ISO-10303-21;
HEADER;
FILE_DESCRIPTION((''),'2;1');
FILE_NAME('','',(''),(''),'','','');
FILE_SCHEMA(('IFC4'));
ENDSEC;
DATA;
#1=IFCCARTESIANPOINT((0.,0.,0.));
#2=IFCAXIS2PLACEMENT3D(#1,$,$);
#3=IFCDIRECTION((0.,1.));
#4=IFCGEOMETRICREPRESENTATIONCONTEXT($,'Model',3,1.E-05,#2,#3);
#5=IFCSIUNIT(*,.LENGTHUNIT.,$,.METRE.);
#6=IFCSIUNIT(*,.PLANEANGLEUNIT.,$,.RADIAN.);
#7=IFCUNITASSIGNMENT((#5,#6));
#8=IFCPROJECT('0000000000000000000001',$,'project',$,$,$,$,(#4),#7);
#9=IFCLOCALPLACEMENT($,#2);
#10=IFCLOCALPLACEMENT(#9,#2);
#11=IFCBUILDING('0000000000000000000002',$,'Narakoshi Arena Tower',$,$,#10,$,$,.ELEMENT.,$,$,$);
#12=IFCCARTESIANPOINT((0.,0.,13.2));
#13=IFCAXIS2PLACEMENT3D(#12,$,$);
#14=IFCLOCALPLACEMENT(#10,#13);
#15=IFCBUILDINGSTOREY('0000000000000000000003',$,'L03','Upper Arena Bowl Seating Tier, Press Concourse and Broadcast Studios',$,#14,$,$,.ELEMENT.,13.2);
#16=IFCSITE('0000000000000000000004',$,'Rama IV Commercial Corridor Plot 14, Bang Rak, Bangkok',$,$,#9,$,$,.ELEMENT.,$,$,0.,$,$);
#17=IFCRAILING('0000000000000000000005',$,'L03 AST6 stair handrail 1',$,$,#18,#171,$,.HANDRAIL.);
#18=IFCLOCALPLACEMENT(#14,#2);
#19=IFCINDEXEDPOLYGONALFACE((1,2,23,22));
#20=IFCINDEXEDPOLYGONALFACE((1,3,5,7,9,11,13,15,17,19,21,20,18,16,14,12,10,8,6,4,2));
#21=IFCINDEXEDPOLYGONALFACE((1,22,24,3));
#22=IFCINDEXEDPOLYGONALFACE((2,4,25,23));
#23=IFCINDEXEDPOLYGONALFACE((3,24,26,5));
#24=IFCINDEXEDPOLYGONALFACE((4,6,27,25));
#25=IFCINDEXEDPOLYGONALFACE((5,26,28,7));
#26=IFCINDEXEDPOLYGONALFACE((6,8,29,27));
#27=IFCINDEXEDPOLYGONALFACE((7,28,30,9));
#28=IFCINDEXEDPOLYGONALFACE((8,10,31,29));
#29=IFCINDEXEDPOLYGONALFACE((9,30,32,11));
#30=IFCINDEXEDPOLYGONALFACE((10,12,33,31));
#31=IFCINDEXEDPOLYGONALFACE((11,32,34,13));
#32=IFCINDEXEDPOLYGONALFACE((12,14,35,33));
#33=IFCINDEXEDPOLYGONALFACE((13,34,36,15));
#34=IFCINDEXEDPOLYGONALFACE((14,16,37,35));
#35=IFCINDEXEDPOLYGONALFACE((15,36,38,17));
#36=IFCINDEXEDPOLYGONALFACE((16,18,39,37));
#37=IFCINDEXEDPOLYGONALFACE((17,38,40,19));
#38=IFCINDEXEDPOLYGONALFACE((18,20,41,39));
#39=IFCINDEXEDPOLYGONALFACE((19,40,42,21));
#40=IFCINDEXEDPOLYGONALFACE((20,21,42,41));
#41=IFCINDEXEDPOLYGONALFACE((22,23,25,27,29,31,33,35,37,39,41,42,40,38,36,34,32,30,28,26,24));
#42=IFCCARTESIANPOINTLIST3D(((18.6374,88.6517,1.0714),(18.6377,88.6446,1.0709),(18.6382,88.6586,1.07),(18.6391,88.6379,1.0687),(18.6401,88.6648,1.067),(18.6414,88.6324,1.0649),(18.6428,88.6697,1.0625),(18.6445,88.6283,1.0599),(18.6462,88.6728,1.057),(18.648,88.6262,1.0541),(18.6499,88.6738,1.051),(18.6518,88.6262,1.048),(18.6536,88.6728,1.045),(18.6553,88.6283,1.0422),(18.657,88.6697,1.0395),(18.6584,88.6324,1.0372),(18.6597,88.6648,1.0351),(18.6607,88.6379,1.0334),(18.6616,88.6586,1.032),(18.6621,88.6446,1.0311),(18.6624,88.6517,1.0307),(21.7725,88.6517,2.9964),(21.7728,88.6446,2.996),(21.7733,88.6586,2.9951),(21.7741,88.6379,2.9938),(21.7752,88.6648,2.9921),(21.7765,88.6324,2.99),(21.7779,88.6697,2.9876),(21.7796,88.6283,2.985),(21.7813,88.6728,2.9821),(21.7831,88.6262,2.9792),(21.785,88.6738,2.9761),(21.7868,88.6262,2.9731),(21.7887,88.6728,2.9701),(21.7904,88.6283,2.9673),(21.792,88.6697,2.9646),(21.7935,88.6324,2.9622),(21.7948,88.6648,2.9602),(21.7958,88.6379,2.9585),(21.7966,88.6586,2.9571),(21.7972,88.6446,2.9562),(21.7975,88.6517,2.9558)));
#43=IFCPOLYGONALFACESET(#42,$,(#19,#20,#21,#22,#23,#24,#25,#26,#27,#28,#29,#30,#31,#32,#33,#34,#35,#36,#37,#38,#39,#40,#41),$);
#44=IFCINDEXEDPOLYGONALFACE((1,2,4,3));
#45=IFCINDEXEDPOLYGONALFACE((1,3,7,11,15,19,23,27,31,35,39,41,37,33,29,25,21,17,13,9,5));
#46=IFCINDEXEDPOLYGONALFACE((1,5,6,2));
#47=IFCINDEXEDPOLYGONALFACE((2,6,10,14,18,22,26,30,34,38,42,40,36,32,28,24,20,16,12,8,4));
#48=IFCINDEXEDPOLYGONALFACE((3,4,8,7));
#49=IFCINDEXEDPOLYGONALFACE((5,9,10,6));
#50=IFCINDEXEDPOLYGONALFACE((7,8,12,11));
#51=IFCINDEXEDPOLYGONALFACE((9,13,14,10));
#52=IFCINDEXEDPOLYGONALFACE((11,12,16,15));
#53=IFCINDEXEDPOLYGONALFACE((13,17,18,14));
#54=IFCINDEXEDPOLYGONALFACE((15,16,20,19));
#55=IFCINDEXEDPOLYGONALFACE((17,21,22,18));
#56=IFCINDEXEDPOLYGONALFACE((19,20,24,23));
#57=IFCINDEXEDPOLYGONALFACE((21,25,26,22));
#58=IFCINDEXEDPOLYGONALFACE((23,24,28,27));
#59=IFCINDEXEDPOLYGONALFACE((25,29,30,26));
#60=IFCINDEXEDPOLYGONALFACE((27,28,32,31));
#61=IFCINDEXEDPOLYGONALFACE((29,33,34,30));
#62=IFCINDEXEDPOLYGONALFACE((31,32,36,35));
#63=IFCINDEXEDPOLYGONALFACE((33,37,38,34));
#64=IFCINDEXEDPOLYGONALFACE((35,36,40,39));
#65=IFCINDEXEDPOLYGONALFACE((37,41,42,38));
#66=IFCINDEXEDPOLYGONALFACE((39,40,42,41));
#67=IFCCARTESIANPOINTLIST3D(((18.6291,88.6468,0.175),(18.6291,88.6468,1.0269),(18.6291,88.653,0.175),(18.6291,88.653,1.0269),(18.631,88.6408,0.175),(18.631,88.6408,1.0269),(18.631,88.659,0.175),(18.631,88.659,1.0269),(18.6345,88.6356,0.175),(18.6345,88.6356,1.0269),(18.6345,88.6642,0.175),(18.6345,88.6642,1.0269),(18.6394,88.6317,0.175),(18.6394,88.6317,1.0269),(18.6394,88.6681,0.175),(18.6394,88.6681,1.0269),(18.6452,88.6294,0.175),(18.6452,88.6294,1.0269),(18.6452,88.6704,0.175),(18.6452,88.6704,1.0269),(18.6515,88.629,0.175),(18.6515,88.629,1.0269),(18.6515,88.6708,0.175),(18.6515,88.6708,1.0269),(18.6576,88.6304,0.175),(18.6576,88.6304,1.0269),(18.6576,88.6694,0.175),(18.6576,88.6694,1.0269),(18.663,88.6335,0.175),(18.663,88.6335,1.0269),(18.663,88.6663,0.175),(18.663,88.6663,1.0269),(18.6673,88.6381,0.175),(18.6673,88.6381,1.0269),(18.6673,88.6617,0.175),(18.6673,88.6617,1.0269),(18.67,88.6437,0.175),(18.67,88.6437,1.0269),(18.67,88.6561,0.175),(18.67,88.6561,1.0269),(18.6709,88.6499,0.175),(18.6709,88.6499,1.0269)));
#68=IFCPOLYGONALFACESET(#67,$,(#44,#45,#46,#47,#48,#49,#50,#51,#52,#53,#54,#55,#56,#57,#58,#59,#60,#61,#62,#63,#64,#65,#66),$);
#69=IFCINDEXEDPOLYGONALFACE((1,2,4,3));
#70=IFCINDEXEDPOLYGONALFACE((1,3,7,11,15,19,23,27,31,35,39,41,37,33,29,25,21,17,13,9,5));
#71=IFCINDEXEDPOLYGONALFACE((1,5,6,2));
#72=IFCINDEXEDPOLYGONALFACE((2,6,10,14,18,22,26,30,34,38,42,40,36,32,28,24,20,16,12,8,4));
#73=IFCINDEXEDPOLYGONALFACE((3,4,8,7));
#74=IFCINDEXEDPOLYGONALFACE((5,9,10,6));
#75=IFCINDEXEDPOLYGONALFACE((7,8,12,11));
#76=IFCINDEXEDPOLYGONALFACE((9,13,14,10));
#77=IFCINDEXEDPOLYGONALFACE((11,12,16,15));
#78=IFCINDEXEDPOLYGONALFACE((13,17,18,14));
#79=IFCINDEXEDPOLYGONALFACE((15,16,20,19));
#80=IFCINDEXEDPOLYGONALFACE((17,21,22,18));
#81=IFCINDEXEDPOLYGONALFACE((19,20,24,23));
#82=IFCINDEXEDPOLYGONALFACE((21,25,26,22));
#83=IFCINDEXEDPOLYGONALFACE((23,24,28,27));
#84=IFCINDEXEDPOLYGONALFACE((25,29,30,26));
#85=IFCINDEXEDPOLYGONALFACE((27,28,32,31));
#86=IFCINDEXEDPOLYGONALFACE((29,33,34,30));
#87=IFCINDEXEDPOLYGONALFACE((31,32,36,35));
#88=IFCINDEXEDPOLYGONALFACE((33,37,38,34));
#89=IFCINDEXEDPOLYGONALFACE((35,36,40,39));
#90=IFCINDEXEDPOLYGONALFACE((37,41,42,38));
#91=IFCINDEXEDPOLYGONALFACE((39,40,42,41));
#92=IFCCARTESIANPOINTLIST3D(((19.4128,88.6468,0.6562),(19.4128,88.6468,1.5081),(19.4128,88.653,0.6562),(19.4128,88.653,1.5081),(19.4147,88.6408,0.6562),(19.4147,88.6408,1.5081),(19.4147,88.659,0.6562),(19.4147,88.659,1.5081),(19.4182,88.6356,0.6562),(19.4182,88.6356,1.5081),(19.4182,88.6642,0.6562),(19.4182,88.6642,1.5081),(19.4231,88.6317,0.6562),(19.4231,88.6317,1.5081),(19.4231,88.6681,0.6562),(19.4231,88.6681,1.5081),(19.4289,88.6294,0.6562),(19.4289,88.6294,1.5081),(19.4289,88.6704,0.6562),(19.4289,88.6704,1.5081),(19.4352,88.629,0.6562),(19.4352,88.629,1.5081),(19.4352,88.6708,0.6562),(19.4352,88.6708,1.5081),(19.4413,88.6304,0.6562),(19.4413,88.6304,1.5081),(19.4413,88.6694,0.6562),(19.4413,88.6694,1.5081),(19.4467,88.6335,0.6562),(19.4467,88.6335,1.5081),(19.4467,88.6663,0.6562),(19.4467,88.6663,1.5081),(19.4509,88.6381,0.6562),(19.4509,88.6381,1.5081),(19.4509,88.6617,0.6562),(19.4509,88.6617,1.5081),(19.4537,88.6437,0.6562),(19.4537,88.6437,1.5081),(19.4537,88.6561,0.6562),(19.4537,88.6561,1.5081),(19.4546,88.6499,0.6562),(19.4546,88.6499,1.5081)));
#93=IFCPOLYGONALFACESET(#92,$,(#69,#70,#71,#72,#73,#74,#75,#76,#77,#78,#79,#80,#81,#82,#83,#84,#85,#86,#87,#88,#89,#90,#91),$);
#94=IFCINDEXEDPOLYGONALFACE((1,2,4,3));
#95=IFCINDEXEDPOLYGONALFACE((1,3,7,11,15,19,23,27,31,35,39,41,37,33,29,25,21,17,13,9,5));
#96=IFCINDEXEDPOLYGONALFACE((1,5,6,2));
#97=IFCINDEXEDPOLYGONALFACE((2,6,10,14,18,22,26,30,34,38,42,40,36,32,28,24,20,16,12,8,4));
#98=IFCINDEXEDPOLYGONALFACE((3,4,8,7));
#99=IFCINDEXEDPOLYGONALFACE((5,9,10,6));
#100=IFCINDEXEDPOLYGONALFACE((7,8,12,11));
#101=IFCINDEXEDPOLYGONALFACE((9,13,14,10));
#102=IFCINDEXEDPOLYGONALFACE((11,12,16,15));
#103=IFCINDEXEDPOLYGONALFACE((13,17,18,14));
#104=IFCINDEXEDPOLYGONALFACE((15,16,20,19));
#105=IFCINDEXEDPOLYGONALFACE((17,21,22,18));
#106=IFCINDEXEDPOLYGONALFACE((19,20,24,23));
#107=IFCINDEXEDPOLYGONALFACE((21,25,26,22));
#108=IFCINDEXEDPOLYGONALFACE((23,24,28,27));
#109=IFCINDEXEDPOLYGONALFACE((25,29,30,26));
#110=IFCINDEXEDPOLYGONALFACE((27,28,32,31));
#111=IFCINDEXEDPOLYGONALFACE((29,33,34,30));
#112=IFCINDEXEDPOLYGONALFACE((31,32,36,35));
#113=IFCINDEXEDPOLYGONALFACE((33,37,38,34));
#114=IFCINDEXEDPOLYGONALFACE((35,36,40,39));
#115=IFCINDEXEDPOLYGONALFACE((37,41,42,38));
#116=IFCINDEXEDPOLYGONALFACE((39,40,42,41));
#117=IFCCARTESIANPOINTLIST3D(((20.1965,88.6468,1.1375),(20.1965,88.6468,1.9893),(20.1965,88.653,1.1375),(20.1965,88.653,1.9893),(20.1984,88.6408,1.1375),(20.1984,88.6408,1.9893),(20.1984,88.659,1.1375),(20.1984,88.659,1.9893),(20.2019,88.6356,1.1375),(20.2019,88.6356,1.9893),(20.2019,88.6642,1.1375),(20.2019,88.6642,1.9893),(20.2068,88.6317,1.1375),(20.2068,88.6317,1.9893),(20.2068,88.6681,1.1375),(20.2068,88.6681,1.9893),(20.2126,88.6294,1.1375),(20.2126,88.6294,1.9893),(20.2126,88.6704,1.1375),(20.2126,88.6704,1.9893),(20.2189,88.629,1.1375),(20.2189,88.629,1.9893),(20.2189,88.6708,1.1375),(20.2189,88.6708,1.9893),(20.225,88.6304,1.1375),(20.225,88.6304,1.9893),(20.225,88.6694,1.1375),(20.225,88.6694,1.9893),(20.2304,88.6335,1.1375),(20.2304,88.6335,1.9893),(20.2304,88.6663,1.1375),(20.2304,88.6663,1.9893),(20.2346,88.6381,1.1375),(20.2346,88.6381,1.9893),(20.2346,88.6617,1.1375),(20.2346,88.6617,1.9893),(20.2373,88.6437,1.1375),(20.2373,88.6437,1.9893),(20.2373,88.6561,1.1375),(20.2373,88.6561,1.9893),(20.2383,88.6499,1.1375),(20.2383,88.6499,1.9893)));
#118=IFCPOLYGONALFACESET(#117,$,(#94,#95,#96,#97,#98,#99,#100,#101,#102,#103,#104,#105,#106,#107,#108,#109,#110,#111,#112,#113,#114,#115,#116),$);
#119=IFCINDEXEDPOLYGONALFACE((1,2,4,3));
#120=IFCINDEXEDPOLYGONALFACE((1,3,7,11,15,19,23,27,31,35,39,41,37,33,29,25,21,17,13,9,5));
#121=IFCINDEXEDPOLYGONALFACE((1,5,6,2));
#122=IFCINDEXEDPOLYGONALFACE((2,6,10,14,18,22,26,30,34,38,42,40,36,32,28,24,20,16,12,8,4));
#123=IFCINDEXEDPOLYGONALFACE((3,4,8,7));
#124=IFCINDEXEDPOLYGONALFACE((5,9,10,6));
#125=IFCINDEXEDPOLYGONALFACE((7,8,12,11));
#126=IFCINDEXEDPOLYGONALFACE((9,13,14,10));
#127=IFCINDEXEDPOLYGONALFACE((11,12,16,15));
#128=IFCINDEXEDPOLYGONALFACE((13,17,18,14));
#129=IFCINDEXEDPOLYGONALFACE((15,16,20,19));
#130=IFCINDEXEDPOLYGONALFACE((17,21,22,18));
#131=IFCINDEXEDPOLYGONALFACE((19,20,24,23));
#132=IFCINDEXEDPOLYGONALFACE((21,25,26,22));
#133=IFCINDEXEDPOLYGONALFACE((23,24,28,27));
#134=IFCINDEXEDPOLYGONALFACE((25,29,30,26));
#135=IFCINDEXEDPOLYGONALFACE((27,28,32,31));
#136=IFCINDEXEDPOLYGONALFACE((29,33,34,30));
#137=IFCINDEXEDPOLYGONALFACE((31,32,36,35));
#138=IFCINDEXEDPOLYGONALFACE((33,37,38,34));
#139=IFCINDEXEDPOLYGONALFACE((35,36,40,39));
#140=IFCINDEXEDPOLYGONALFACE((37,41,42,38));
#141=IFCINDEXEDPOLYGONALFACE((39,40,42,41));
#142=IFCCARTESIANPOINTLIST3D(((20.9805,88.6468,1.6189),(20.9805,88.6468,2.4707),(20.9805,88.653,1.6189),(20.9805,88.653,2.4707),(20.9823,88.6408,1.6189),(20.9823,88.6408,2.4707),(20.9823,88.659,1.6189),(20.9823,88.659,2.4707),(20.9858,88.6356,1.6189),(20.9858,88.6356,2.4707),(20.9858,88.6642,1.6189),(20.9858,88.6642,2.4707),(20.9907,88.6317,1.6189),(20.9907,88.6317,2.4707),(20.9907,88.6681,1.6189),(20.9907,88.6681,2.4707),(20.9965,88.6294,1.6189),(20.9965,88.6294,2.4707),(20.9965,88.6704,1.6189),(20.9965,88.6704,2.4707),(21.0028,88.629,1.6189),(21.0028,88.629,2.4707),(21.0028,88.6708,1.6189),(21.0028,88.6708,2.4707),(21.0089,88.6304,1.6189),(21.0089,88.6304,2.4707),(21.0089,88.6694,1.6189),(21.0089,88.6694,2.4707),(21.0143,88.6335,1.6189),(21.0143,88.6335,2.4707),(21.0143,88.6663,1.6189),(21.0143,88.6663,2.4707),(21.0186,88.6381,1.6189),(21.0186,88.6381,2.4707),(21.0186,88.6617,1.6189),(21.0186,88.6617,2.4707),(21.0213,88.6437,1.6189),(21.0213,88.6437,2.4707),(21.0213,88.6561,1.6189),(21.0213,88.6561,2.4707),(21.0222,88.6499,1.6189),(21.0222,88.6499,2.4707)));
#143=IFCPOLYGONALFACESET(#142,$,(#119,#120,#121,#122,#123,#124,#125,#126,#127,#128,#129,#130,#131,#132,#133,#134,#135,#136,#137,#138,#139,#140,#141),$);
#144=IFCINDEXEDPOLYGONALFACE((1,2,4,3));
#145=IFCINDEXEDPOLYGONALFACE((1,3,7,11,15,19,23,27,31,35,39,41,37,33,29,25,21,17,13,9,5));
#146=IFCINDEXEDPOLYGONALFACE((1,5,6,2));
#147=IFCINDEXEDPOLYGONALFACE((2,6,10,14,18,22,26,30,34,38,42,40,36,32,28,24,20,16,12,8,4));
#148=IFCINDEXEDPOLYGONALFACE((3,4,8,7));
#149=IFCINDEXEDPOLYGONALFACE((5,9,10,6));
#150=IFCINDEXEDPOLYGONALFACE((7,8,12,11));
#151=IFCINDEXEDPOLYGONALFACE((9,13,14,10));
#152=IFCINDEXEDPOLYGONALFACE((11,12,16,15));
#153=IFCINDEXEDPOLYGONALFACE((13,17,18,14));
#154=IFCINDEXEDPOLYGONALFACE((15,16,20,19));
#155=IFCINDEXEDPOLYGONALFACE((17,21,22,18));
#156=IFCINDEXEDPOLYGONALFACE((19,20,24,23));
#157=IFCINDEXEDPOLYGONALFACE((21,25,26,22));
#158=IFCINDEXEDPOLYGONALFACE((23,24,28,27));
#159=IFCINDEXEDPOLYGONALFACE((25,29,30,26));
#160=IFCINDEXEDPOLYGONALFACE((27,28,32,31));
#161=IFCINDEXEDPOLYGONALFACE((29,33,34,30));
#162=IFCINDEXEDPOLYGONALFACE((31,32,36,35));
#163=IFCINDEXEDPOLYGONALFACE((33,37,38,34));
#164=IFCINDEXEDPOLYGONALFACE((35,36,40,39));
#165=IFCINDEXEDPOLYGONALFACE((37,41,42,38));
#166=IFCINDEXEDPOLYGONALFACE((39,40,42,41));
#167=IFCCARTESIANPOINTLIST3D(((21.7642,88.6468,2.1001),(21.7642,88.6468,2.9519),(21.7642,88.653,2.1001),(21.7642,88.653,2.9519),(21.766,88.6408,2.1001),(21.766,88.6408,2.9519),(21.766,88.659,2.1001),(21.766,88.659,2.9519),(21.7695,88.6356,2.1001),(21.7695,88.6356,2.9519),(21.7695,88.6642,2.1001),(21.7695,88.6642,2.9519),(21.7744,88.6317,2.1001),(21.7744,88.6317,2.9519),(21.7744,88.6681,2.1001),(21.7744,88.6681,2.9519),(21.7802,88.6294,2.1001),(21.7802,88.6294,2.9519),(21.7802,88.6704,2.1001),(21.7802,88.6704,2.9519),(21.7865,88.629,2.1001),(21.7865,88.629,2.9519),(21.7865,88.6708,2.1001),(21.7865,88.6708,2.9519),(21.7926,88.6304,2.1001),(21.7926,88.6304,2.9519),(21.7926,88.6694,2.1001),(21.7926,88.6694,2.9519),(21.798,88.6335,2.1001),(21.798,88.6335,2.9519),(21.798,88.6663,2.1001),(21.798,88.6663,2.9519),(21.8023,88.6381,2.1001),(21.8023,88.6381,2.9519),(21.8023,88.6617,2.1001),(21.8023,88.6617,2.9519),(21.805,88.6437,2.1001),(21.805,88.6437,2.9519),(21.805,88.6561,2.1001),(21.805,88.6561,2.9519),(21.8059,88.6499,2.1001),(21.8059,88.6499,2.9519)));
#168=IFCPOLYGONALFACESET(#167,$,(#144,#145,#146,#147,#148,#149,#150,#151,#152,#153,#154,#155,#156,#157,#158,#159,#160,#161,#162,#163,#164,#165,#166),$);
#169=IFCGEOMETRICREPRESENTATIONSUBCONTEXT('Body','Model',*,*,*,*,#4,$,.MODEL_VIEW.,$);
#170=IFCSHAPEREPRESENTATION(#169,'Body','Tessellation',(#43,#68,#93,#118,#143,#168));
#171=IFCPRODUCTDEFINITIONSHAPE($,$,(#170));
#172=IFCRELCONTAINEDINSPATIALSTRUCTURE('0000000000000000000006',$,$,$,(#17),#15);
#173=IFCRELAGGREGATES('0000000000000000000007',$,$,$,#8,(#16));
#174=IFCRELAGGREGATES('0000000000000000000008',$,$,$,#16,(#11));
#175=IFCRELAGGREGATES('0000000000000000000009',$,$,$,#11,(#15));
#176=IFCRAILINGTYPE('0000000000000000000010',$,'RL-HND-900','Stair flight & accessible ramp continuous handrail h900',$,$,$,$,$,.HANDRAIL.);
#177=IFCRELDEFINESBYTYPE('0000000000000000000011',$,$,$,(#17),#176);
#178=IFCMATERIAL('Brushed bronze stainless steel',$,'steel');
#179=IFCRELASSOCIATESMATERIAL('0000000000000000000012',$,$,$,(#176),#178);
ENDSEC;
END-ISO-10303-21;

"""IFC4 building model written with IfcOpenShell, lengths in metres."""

from ifc_helpers import new_model, si_unit, direction, frame, origin, origin_2d, place, context, subcontext, project, spatial, circle, extrude, material, type_object, element, save


model = new_model("IFC4")

# Units and contexts
model_context = context("Model", 3, precision=1e-05, world=origin(), true_north=direction((0.0, 1.0)))
body_context = subcontext(model_context, "Body", "Model", "MODEL_VIEW")
ifc_project = project(units=[si_unit("LENGTHUNIT", "METRE"), si_unit("PLANEANGLEUNIT", "RADIAN")], contexts=[model_context])

# Site, building, storey
site_placement = place(None, origin())
site = spatial("IfcSite", under=ifc_project, at=site_placement, Name="Rama IV Commercial Corridor Plot 14, Bang Rak, Bangkok", CompositionType="ELEMENT", RefElevation=0.0)
building_placement = place(site_placement, origin())
building = spatial("IfcBuilding", under=site, at=building_placement, Name="Narakoshi Arena Tower", CompositionType="ELEMENT")
storey_placement = place(building_placement, frame((0.0, 0.0, 13.2)))
storey = spatial("IfcBuildingStorey", under=building, at=storey_placement, Name="L03", Description="Upper Arena Bowl Seating Tier, Press Concourse and Broadcast Studios", CompositionType="ELEMENT", Elevation=13.2)

# Railing
ifc_material_1 = material(Name="Brushed bronze stainless steel", Category="steel")
railing_type_1 = type_object("IfcRailingType", Name="RL-HND-900", Description="Stair flight & accessible ramp continuous handrail h900", PredefinedType="HANDRAIL", material=ifc_material_1)
railing_1_placement = place(storey_placement, frame((18.6499, 88.6499, 0.175)))
element("IfcRailing", 1, at=railing_1_placement, inside=storey, type_object=railing_type_1, Name="L03 AST6 stair handrail 1", PredefinedType="HANDRAIL", context=body_context, shape_type="SweptSolid", body=[
    extrude(circle(Radius=0.0239, at=origin_2d()), frame((0.0, 0.0, 0.876), z_axis=(0.852166, 0.0, 0.523271), x_axis=(0.0, 1.0, 0.0)), (0.0, 0.0, 1.0), 3.679),
    extrude(circle(Radius=0.021, at=origin_2d()), origin(), (0.0, 0.0, 1.0), 0.8518),
    extrude(circle(Radius=0.021, at=origin_2d()), frame((0.7837, 0.0, 0.4812)), (0.0, 0.0, 1.0), 0.8518),
    extrude(circle(Radius=0.021, at=origin_2d()), frame((1.5674, 0.0, 0.9624)), (0.0, 0.0, 1.0), 0.8518),
    extrude(circle(Radius=0.021, at=origin_2d()), frame((2.3513, 0.0, 1.4438)), (0.0, 0.0, 1.0), 0.8518),
    extrude(circle(Radius=0.021, at=origin_2d()), frame((3.135, 0.0, 1.925)), (0.0, 0.0, 1.0), 0.8518),
])

save(model, "model.ifc")
